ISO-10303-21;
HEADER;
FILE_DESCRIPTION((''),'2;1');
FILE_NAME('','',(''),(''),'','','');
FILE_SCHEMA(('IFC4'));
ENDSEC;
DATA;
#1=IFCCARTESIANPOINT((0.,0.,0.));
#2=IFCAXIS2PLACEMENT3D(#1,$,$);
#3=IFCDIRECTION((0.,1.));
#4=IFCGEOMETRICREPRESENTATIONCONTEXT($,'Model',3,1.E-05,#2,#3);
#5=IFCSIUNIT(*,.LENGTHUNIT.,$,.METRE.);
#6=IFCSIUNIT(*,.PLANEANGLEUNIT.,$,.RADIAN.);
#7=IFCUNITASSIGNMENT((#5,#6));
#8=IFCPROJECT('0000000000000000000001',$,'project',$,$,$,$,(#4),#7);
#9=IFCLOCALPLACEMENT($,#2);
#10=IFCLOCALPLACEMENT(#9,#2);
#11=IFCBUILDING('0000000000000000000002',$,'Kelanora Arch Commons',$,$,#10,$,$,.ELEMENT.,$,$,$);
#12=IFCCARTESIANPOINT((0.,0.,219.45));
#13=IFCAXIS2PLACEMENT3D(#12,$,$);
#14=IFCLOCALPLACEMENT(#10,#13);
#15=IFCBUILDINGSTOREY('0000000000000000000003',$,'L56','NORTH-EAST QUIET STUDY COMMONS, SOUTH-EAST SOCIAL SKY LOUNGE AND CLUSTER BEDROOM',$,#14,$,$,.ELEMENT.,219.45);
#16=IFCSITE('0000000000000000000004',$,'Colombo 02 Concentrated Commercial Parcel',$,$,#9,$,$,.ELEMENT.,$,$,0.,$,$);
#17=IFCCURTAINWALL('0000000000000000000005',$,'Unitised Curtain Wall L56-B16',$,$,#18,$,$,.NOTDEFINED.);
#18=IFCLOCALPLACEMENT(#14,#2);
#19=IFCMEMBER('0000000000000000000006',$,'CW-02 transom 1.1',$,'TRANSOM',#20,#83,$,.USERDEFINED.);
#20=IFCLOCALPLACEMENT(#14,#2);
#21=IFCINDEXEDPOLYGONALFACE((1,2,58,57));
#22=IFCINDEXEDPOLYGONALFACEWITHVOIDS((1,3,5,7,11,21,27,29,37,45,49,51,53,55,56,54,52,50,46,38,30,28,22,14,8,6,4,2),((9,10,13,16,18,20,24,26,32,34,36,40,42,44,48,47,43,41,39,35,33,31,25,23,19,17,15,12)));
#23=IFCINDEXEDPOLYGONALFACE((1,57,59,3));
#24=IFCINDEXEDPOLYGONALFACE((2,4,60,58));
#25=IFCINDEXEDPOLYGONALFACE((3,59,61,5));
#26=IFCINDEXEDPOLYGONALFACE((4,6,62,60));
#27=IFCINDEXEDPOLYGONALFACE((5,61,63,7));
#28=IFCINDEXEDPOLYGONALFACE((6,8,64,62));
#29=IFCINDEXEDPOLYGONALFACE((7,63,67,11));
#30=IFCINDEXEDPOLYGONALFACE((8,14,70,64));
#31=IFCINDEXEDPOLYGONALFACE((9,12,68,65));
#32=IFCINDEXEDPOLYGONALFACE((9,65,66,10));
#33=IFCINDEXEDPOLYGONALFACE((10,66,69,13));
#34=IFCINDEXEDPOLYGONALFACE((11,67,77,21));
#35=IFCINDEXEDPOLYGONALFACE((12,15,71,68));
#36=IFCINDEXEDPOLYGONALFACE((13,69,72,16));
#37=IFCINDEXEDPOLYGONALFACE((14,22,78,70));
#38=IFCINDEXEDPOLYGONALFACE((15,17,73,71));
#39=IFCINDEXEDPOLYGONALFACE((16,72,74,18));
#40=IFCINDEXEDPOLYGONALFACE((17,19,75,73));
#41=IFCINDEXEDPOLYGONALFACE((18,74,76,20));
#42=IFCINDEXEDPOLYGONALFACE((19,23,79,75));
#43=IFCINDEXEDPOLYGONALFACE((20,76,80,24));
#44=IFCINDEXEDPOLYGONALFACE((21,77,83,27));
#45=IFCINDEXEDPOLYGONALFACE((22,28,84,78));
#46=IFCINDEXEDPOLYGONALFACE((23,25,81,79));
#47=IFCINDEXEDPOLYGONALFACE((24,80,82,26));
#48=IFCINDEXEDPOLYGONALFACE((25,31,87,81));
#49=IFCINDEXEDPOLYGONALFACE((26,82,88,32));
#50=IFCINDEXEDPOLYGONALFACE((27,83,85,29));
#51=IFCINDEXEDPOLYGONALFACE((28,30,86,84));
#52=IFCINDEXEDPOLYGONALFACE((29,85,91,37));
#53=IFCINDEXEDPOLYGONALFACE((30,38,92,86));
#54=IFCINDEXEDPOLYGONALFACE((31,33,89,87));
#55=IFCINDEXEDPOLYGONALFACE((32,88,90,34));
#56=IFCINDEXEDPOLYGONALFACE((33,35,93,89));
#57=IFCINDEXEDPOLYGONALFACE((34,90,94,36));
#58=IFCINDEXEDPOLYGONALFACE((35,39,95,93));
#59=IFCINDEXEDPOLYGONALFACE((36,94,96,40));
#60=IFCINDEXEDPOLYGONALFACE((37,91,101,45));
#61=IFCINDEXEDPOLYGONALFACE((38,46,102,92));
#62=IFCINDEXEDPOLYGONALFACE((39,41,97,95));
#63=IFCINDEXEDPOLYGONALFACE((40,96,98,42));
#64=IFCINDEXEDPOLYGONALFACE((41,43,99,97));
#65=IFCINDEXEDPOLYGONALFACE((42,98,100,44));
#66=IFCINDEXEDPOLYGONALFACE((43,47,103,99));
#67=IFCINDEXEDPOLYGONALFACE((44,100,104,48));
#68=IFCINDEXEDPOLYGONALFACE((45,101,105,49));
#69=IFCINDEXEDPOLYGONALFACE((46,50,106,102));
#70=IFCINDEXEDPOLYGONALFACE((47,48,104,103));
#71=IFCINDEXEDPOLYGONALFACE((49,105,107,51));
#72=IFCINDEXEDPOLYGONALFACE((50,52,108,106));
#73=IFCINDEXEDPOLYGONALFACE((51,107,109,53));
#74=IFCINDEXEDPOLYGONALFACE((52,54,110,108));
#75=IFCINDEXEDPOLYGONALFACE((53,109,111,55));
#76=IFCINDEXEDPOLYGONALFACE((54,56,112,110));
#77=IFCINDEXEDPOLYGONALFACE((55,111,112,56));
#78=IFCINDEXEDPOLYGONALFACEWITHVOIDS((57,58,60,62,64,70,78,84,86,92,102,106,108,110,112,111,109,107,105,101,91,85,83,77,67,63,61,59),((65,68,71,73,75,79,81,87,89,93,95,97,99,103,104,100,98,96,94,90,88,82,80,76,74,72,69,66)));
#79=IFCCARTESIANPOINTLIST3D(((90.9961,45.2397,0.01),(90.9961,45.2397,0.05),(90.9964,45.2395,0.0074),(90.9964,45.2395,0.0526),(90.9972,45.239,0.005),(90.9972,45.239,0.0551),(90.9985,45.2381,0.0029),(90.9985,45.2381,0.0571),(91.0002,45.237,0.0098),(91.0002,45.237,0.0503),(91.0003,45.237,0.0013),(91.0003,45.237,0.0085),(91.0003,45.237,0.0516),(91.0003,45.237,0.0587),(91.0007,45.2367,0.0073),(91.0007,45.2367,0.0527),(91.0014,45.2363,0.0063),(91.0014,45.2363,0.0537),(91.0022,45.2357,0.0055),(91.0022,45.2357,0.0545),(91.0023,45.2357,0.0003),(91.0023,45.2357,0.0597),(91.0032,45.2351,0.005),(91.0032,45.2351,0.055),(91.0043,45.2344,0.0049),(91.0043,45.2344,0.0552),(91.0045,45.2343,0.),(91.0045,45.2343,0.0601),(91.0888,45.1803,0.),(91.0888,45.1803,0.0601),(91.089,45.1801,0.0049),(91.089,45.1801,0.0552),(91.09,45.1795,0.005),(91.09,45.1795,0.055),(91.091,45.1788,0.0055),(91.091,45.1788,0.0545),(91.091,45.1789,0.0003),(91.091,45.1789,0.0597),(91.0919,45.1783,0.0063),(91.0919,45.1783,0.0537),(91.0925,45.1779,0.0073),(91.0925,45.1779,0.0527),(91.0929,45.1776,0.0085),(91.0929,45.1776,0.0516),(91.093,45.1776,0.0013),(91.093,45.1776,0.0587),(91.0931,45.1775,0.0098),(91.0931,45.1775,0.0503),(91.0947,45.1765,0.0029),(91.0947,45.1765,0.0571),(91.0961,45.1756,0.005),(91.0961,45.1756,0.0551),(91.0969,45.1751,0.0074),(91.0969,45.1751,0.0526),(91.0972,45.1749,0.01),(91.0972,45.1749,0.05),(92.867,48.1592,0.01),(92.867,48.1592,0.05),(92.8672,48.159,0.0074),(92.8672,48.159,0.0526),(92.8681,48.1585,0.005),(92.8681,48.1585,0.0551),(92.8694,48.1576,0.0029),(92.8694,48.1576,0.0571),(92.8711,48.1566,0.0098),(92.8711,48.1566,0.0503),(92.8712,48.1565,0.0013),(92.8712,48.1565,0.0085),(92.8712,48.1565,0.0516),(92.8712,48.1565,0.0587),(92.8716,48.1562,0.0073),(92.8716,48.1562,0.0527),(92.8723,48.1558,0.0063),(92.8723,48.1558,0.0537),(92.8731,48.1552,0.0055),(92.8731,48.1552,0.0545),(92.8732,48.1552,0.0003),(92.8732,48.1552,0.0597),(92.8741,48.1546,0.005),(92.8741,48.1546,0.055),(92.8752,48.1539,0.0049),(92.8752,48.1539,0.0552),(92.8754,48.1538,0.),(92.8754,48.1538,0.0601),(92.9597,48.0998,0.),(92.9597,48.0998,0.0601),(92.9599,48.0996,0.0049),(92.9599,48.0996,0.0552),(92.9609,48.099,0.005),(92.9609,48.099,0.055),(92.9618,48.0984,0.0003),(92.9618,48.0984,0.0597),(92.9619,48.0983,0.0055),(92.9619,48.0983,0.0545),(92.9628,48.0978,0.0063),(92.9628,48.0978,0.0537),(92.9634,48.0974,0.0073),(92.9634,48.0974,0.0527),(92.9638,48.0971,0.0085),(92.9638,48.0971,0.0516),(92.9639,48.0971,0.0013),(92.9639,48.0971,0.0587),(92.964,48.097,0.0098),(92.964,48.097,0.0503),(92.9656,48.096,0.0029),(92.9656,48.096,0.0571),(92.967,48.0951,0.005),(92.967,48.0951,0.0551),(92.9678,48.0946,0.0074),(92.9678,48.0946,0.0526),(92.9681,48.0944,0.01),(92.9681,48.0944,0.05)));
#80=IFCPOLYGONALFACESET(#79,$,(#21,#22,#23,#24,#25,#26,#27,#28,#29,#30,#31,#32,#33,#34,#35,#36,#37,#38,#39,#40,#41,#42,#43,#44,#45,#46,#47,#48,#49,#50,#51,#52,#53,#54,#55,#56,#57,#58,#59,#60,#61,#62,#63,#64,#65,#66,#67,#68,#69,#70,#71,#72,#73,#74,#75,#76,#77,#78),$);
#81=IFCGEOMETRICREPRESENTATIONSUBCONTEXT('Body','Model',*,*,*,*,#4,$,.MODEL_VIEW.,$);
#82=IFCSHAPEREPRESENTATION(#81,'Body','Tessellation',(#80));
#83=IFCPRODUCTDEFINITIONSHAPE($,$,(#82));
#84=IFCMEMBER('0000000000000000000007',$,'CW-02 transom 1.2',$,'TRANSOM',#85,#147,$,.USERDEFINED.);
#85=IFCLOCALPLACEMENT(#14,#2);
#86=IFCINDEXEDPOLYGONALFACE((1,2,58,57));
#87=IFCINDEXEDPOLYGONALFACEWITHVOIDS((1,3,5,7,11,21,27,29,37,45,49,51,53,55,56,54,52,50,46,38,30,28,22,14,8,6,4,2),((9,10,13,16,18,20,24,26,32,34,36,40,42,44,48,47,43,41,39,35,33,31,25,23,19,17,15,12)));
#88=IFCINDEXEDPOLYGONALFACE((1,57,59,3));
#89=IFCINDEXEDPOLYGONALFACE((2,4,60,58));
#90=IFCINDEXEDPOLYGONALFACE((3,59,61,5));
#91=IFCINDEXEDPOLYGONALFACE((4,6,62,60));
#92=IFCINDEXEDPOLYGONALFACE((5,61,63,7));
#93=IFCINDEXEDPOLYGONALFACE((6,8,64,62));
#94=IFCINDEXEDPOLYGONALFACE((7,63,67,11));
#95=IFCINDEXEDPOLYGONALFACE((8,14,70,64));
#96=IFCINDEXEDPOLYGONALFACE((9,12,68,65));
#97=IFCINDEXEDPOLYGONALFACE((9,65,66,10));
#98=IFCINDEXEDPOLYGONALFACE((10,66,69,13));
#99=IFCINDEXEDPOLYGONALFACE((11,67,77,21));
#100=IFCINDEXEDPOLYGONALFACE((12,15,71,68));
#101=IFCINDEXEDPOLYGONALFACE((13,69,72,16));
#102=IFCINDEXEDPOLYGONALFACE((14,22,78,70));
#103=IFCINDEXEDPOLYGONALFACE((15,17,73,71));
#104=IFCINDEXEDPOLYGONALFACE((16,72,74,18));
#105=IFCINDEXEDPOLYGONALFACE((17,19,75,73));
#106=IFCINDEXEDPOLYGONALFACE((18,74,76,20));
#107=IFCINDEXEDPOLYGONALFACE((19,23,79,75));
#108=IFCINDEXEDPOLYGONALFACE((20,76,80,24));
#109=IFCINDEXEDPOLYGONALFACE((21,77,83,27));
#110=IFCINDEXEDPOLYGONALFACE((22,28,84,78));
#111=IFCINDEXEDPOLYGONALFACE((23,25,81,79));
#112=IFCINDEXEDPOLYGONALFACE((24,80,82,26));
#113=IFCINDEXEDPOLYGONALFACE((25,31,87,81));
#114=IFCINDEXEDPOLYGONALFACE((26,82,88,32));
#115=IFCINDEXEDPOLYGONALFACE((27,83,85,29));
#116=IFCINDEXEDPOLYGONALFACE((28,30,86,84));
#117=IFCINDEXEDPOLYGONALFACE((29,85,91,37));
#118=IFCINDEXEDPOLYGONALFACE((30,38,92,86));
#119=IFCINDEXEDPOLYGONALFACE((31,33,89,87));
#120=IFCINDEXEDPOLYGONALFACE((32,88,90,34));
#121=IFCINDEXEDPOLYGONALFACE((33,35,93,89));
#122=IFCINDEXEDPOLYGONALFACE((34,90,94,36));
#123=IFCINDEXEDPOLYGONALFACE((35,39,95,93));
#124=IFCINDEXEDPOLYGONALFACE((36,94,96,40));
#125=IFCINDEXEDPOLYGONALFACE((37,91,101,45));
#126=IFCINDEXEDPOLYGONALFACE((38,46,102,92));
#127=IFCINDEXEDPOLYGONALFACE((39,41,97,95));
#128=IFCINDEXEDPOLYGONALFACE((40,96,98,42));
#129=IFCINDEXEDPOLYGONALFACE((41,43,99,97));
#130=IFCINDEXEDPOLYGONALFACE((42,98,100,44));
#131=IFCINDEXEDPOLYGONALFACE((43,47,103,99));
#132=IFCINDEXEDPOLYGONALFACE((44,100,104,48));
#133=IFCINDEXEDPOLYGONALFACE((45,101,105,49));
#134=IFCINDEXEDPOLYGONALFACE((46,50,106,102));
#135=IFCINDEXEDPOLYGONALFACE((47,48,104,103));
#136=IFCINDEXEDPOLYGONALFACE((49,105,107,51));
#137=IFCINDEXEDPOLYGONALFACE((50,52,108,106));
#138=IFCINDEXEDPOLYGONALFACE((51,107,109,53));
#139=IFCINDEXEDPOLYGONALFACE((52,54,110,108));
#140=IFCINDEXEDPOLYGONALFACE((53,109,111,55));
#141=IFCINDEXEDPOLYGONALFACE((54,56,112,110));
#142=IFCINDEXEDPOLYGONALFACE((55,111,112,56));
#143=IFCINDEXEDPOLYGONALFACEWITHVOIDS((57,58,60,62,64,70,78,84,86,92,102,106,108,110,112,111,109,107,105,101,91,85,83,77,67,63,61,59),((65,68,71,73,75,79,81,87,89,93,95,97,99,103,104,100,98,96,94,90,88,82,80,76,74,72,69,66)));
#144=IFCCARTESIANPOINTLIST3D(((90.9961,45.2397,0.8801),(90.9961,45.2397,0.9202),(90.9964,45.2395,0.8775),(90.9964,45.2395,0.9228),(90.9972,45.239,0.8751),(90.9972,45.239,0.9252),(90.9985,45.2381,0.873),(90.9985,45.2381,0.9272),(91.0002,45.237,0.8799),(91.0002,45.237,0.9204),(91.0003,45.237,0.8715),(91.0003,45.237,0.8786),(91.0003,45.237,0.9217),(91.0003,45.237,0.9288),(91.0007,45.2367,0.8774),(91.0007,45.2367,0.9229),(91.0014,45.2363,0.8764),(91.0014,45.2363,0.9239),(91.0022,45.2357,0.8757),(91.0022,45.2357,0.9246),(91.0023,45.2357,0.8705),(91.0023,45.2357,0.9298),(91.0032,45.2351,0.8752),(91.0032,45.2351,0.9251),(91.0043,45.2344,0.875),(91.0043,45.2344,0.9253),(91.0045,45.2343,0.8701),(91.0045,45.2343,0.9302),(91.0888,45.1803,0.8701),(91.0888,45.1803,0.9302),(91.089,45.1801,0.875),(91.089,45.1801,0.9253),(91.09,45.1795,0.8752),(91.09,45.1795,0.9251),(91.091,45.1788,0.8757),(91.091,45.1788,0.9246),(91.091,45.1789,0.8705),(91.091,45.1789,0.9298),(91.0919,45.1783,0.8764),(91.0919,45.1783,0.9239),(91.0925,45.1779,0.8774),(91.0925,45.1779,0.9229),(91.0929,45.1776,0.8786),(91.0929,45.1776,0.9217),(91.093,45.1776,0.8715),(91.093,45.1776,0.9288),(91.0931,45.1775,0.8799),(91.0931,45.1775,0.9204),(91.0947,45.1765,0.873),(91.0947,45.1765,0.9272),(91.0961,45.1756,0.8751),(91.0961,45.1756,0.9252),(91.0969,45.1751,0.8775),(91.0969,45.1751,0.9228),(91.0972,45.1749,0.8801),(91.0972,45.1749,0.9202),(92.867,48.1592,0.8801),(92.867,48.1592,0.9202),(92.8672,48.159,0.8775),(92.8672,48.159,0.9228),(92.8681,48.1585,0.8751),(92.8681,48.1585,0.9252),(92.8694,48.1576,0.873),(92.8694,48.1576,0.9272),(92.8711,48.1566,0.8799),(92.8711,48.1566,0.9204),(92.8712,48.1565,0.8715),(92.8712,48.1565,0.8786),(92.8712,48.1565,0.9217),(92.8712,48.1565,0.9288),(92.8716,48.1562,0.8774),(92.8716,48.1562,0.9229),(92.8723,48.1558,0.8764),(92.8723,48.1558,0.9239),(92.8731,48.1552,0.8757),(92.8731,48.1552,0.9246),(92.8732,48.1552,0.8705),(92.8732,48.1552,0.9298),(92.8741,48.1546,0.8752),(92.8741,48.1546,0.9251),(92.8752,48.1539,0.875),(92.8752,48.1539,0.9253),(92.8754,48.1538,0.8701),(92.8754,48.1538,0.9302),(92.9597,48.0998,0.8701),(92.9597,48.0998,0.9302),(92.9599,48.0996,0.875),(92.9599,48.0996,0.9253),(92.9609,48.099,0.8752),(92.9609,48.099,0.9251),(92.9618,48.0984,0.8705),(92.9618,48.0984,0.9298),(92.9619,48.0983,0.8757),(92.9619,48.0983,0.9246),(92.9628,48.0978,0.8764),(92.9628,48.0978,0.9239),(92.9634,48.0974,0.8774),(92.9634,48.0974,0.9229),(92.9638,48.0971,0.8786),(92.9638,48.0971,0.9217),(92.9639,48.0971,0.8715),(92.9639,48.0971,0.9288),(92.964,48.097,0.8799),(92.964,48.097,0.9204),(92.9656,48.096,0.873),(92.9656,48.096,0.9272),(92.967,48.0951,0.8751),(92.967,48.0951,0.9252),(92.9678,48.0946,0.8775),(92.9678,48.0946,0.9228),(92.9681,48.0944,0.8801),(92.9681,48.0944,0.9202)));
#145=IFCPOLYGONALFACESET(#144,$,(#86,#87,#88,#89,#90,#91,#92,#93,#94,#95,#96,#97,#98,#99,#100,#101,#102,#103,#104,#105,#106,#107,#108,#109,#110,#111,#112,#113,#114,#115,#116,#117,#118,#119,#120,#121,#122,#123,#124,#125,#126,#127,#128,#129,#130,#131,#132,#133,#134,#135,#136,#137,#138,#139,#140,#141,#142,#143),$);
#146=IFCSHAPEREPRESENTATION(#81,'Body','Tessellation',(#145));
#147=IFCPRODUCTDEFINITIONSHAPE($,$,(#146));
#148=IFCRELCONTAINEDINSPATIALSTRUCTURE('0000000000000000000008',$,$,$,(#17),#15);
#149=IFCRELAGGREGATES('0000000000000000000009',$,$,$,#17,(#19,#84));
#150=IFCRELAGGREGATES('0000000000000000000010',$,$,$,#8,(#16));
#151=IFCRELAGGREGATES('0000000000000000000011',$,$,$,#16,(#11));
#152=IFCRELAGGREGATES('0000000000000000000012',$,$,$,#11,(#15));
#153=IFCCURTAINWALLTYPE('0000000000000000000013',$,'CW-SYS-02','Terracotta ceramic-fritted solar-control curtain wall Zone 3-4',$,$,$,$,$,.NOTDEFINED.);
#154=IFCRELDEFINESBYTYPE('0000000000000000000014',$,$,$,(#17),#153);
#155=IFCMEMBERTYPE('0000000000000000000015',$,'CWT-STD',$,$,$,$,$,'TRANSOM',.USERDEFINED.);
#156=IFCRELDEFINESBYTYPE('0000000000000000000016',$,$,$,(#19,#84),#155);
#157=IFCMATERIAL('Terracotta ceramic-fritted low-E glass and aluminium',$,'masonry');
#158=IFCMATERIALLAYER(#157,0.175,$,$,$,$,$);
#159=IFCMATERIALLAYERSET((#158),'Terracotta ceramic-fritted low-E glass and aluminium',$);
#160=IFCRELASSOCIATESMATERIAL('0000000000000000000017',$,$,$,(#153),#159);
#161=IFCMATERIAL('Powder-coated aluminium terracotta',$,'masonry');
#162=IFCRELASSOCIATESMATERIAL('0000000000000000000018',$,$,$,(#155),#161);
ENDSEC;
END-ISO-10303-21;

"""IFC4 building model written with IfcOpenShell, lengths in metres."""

from ifc_helpers import new_model, si_unit, direction, frame, origin, origin_2d, place, context, subcontext, project, spatial, hollow_rectangle, extrude, material, layer, layer_set, material_profile, profile_set, type_object, element, aggregate, save


model = new_model("IFC4")

# Units and contexts
model_context = context("Model", 3, precision=1e-05, world=origin(), true_north=direction((0.0, 1.0)))
body_context = subcontext(model_context, "Body", "Model", "MODEL_VIEW")
ifc_project = project(units=[si_unit("LENGTHUNIT", "METRE"), si_unit("PLANEANGLEUNIT", "RADIAN")], contexts=[model_context])

# Site, building, storey
site_placement = place(None, origin())
site = spatial("IfcSite", under=ifc_project, at=site_placement, Name="Colombo 02 Concentrated Commercial Parcel", CompositionType="ELEMENT", RefElevation=0.0)
building_placement = place(site_placement, origin())
building = spatial("IfcBuilding", under=site, at=building_placement, Name="Kelanora Arch Commons", CompositionType="ELEMENT")
storey_placement = place(building_placement, frame((0.0, 0.0, 219.45)))
storey = spatial("IfcBuildingStorey", under=building, at=storey_placement, Name="L56", Description="NORTH-EAST QUIET STUDY COMMONS, SOUTH-EAST SOCIAL SKY LOUNGE AND CLUSTER BEDROOM", CompositionType="ELEMENT", Elevation=219.45)

# Shared definitions
ifc_material_1 = material(Name="Terracotta ceramic-fritted low-E glass and aluminium", Category="masonry")
ifc_layer_1 = layer(ifc_material_1, 0.175)
ifc_layer_set_1 = layer_set([ifc_layer_1], Name="Terracotta ceramic-fritted low-E glass and aluminium")
curtain_wall_type = type_object("IfcCurtainWallType", Name="CW-SYS-02", Description="Terracotta ceramic-fritted solar-control curtain wall Zone 3-4", PredefinedType="NOTDEFINED", material=ifc_layer_set_1)
ifc_material_2 = material(Name="Powder-coated aluminium terracotta", Category="masonry")

# Curtain wall, members
curtain_wall_1_placement = place(storey_placement, origin())
curtain_wall_1 = element("IfcCurtainWall", 1, at=curtain_wall_1_placement, inside=storey, type_object=curtain_wall_type, Name="Unitised Curtain Wall L56-B16", PredefinedType="NOTDEFINED")
ifc_material_profile_1 = material_profile(ifc_material_2, hollow_rectangle(XDim=0.1201, YDim=0.0601, WallThickness=0.0049, InnerFilletRadius=0.0049, OuterFilletRadius=0.01, at=origin_2d()), Name="CWT120x60")
ifc_profile_set_1 = profile_set([ifc_material_profile_1], Name="Powder-coated aluminium terracotta")
member_type_1 = type_object("IfcMemberType", Name="CWT-STD", ElementType="TRANSOM", PredefinedType="USERDEFINED", material=ifc_profile_set_1)
member_1_placement = place(storey_placement, frame((91.0466, 45.2073, 0.03), z_axis=(0.539547, 0.841955, 0.0), x_axis=(-0.841955, 0.539547, 0.0)))
member_1 = element("IfcMember", 2, at=member_1_placement, type_object=member_type_1, Name="CW-02 transom 1.1", ObjectType="TRANSOM", PredefinedType="USERDEFINED", context=body_context, shape_type="SweptSolid", body=[
    extrude(hollow_rectangle(XDim=0.1201, YDim=0.0601, WallThickness=0.0049, InnerFilletRadius=0.0049, OuterFilletRadius=0.01, at=origin_2d()), origin(), (0.0, 0.0, 1.0), 3.4675),
])
member_2_placement = place(storey_placement, frame((91.0466, 45.2073, 0.9001), z_axis=(0.539547, 0.841955, 0.0), x_axis=(-0.841955, 0.539547, 0.0)))
member_2 = element("IfcMember", 3, at=member_2_placement, type_object=member_type_1, Name="CW-02 transom 1.2", ObjectType="TRANSOM", PredefinedType="USERDEFINED", context=body_context, shape_type="SweptSolid", body=[
    extrude(hollow_rectangle(XDim=0.1201, YDim=0.0601, WallThickness=0.0049, InnerFilletRadius=0.0049, OuterFilletRadius=0.01, at=origin_2d()), origin(), (0.0, 0.0, 1.0), 3.4675),
])

aggregate(curtain_wall_1, [member_1, member_2])

save(model, "model.ifc")
